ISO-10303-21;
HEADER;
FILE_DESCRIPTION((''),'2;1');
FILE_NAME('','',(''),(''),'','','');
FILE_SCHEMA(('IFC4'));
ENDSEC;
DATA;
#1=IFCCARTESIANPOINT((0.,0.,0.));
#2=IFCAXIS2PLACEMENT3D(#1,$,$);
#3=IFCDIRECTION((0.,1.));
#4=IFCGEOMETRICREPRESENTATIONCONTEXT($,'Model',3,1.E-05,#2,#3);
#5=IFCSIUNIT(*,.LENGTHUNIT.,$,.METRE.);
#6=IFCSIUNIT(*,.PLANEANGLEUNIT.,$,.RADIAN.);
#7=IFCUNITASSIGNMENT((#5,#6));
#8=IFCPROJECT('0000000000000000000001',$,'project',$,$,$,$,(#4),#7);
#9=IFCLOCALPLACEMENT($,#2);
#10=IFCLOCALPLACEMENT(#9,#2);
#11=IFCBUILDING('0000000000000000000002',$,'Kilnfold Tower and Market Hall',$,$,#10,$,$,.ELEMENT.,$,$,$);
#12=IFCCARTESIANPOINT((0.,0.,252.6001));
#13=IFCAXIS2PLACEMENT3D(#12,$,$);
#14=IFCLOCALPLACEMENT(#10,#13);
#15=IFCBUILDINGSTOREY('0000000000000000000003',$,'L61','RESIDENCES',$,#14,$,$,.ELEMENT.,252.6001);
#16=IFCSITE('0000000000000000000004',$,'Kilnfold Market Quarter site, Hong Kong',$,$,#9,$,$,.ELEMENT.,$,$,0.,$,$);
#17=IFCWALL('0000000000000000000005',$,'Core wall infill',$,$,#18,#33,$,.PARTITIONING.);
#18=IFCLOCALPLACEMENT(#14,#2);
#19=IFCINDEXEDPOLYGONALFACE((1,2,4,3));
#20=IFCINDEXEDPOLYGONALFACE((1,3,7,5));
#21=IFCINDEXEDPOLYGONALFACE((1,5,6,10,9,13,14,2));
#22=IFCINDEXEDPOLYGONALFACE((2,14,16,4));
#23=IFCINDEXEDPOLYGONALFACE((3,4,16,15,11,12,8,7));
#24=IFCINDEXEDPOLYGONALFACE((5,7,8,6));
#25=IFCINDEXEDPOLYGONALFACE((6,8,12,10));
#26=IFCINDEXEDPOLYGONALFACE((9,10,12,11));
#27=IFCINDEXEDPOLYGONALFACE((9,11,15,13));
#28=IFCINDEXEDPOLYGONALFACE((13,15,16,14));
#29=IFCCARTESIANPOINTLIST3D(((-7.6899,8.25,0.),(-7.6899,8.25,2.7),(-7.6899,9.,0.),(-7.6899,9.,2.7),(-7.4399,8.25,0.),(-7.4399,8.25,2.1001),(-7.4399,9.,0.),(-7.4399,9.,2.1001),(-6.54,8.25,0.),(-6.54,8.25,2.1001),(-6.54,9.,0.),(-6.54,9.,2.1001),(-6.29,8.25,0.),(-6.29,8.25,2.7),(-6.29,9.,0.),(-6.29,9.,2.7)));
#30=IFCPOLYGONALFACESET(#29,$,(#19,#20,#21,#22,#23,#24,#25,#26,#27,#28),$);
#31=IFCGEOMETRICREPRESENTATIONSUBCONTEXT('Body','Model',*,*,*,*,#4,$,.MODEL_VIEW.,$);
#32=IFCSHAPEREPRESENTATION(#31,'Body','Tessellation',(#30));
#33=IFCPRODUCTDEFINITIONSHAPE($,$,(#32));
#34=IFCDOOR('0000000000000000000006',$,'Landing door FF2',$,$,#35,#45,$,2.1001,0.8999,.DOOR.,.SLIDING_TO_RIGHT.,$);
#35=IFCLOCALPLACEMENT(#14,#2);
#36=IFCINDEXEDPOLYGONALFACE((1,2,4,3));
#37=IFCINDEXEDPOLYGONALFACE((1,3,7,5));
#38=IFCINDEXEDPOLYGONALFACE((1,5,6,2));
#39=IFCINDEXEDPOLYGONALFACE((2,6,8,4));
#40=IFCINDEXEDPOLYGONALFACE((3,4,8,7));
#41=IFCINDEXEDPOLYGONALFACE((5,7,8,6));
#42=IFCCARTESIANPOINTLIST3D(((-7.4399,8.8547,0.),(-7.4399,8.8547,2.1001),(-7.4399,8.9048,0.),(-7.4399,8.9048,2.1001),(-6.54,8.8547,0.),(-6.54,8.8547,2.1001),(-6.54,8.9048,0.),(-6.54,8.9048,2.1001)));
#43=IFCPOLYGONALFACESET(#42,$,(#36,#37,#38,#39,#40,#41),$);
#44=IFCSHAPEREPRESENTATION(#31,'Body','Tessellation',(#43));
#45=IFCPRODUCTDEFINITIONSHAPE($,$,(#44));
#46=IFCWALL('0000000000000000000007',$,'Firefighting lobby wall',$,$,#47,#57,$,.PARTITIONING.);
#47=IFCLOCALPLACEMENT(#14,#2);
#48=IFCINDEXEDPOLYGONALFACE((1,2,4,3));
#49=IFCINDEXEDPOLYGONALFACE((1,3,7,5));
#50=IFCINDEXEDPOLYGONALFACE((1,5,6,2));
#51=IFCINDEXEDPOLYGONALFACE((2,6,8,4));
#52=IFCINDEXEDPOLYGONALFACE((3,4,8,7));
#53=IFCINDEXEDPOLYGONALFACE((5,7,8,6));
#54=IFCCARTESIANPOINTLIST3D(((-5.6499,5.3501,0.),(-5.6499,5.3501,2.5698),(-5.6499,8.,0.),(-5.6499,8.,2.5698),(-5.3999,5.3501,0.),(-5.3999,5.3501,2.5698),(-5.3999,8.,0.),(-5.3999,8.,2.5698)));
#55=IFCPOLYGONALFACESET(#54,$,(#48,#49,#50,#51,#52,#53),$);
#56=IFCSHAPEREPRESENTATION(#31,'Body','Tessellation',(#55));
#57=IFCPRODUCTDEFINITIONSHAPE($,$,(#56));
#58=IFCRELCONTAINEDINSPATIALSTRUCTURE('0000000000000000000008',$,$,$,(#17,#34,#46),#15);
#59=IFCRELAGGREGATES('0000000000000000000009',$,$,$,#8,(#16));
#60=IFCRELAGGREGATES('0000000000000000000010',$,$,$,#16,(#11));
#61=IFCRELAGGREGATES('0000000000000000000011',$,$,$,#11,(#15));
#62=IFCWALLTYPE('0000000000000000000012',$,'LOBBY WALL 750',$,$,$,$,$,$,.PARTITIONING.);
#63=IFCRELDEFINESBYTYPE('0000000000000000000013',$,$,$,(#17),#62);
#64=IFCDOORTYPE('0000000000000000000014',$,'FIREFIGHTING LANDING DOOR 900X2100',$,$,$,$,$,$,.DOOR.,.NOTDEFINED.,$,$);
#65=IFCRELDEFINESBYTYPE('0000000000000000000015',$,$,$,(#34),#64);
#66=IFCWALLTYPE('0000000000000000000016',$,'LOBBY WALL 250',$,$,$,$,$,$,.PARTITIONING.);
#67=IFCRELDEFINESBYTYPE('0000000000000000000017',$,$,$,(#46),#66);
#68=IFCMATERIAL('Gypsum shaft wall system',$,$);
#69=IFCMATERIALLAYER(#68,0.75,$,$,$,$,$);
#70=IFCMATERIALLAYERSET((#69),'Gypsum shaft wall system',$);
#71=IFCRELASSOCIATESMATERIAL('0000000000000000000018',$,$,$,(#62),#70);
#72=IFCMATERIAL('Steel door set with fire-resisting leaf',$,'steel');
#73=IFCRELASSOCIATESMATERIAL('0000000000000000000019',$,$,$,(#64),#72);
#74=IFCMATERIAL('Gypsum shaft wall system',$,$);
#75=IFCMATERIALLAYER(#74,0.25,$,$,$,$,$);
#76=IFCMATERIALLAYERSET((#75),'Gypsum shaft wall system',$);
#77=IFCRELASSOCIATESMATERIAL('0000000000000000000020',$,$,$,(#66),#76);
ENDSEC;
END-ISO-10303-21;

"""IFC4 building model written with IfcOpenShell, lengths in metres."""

from ifc_helpers import new_model, si_unit, direction, frame, frame_2d, origin, place, context, subcontext, project, spatial, rectangle, extrude, source, transform, mapped, material, layer, layer_set, type_object, element, fill, save


model = new_model("IFC4")

# Units and contexts
model_context = context("Model", 3, precision=1e-05, world=origin(), true_north=direction((0.0, 1.0)))
body_context = subcontext(model_context, "Body", "Model", "MODEL_VIEW")
ifc_project = project(units=[si_unit("LENGTHUNIT", "METRE"), si_unit("PLANEANGLEUNIT", "RADIAN")], contexts=[model_context])

# Site, building, storey
site_placement = place(None, origin())
site = spatial("IfcSite", under=ifc_project, at=site_placement, Name="Kilnfold Market Quarter site, Hong Kong", CompositionType="ELEMENT", RefElevation=0.0)
building_placement = place(site_placement, origin())
building = spatial("IfcBuilding", under=site, at=building_placement, Name="Kilnfold Tower and Market Hall", CompositionType="ELEMENT")
storey_placement = place(building_placement, frame((0.0, 0.0, 252.6001)))
storey = spatial("IfcBuildingStorey", under=building, at=storey_placement, Name="L61", Description="RESIDENCES", CompositionType="ELEMENT", Elevation=252.6001)

# Wall, opening, door
ifc_material_1 = material(Name="Gypsum shaft wall system")
ifc_layer_1 = layer(ifc_material_1, 0.75)
ifc_layer_set_1 = layer_set([ifc_layer_1], Name="Gypsum shaft wall system")
wall_type_1 = type_object("IfcWallType", Name="LOBBY WALL 750", PredefinedType="PARTITIONING", material=ifc_layer_set_1)
ifc_material_2 = material(Name="Steel door set with fire-resisting leaf", Category="steel")
door_type_1 = type_object("IfcDoorType", Name="FIREFIGHTING LANDING DOOR 900X2100", OperationType="NOTDEFINED", PredefinedType="DOOR", material=ifc_material_2)
shared_shape_1 = source(origin(), body_context, "Body", "SweptSolid", [
    extrude(rectangle(XDim=1.3999, YDim=0.75, at=frame_2d((0.7, 0.0))), origin(), (0.0, 0.0, 1.0), 2.7),
])
wall_1_placement = place(storey_placement, frame((-7.6899, 8.625, 0.0), z_axis=(0.0, 0.0, 1.0), x_axis=(1.0, 0.0, 0.0)))
wall_1 = element("IfcWall", 1, at=wall_1_placement, inside=storey, type_object=wall_type_1, Name="Core wall infill", PredefinedType="PARTITIONING", context=body_context, shape_type="MappedRepresentation", body=[
    mapped(shared_shape_1, transform((0.0, 0.0, 0.0))),
])
opening_1_placement = place(wall_1_placement, frame((0.25, 0.0, 0.0)))
opening_1 = element("IfcOpeningElement", 2, at=opening_1_placement, cuts=wall_1, PredefinedType="OPENING", context=body_context, shape_type="SweptSolid", body=[
    extrude(rectangle(XDim=0.8999, YDim=2.1001, at=frame_2d((0.45, 1.05))), frame((0.0, 0.385, 0.0), z_axis=(0.0, -1.0, 0.0), x_axis=(1.0, 0.0, 0.0)), (0.0, 0.0, 1.0), 0.77),
])
door_1_placement = place(opening_1_placement, origin())
door_1 = element("IfcDoor", 3, at=door_1_placement, inside=storey, type_object=door_type_1, Name="Landing door FF2", OperationType="SLIDING_TO_RIGHT", OverallHeight=2.1001, OverallWidth=0.8999, PredefinedType="DOOR", context=body_context, shape_type="SweptSolid", body=[
    extrude(rectangle(XDim=0.8999, YDim=2.1001, at=frame_2d((0.45, 1.05))), frame((0.0, 0.2798, 0.0), z_axis=(0.0, -1.0, 0.0), x_axis=(1.0, 0.0, 0.0)), (0.0, 0.0, 1.0), 0.05),
])
fill(opening_1, door_1)

# Wall
ifc_material_3 = material(Name="Gypsum shaft wall system")
ifc_layer_2 = layer(ifc_material_3, 0.25)
ifc_layer_set_2 = layer_set([ifc_layer_2], Name="Gypsum shaft wall system")
wall_type_2 = type_object("IfcWallType", Name="LOBBY WALL 250", PredefinedType="PARTITIONING", material=ifc_layer_set_2)
shared_shape_2 = source(origin(), body_context, "Body", "SweptSolid", [
    extrude(rectangle(XDim=2.6499, YDim=0.25, at=frame_2d((1.325, 0.0))), origin(), (0.0, 0.0, 1.0), 2.5698),
])
wall_2_placement = place(storey_placement, frame((-5.5249, 5.3501, 0.0), z_axis=(0.0, 0.0, 1.0), x_axis=(0.0, 1.0, 0.0)))
element("IfcWall", 4, at=wall_2_placement, inside=storey, type_object=wall_type_2, Name="Firefighting lobby wall", PredefinedType="PARTITIONING", context=body_context, shape_type="MappedRepresentation", body=[
    mapped(shared_shape_2, transform((0.0, 0.0, 0.0))),
])

save(model, "model.ifc")
